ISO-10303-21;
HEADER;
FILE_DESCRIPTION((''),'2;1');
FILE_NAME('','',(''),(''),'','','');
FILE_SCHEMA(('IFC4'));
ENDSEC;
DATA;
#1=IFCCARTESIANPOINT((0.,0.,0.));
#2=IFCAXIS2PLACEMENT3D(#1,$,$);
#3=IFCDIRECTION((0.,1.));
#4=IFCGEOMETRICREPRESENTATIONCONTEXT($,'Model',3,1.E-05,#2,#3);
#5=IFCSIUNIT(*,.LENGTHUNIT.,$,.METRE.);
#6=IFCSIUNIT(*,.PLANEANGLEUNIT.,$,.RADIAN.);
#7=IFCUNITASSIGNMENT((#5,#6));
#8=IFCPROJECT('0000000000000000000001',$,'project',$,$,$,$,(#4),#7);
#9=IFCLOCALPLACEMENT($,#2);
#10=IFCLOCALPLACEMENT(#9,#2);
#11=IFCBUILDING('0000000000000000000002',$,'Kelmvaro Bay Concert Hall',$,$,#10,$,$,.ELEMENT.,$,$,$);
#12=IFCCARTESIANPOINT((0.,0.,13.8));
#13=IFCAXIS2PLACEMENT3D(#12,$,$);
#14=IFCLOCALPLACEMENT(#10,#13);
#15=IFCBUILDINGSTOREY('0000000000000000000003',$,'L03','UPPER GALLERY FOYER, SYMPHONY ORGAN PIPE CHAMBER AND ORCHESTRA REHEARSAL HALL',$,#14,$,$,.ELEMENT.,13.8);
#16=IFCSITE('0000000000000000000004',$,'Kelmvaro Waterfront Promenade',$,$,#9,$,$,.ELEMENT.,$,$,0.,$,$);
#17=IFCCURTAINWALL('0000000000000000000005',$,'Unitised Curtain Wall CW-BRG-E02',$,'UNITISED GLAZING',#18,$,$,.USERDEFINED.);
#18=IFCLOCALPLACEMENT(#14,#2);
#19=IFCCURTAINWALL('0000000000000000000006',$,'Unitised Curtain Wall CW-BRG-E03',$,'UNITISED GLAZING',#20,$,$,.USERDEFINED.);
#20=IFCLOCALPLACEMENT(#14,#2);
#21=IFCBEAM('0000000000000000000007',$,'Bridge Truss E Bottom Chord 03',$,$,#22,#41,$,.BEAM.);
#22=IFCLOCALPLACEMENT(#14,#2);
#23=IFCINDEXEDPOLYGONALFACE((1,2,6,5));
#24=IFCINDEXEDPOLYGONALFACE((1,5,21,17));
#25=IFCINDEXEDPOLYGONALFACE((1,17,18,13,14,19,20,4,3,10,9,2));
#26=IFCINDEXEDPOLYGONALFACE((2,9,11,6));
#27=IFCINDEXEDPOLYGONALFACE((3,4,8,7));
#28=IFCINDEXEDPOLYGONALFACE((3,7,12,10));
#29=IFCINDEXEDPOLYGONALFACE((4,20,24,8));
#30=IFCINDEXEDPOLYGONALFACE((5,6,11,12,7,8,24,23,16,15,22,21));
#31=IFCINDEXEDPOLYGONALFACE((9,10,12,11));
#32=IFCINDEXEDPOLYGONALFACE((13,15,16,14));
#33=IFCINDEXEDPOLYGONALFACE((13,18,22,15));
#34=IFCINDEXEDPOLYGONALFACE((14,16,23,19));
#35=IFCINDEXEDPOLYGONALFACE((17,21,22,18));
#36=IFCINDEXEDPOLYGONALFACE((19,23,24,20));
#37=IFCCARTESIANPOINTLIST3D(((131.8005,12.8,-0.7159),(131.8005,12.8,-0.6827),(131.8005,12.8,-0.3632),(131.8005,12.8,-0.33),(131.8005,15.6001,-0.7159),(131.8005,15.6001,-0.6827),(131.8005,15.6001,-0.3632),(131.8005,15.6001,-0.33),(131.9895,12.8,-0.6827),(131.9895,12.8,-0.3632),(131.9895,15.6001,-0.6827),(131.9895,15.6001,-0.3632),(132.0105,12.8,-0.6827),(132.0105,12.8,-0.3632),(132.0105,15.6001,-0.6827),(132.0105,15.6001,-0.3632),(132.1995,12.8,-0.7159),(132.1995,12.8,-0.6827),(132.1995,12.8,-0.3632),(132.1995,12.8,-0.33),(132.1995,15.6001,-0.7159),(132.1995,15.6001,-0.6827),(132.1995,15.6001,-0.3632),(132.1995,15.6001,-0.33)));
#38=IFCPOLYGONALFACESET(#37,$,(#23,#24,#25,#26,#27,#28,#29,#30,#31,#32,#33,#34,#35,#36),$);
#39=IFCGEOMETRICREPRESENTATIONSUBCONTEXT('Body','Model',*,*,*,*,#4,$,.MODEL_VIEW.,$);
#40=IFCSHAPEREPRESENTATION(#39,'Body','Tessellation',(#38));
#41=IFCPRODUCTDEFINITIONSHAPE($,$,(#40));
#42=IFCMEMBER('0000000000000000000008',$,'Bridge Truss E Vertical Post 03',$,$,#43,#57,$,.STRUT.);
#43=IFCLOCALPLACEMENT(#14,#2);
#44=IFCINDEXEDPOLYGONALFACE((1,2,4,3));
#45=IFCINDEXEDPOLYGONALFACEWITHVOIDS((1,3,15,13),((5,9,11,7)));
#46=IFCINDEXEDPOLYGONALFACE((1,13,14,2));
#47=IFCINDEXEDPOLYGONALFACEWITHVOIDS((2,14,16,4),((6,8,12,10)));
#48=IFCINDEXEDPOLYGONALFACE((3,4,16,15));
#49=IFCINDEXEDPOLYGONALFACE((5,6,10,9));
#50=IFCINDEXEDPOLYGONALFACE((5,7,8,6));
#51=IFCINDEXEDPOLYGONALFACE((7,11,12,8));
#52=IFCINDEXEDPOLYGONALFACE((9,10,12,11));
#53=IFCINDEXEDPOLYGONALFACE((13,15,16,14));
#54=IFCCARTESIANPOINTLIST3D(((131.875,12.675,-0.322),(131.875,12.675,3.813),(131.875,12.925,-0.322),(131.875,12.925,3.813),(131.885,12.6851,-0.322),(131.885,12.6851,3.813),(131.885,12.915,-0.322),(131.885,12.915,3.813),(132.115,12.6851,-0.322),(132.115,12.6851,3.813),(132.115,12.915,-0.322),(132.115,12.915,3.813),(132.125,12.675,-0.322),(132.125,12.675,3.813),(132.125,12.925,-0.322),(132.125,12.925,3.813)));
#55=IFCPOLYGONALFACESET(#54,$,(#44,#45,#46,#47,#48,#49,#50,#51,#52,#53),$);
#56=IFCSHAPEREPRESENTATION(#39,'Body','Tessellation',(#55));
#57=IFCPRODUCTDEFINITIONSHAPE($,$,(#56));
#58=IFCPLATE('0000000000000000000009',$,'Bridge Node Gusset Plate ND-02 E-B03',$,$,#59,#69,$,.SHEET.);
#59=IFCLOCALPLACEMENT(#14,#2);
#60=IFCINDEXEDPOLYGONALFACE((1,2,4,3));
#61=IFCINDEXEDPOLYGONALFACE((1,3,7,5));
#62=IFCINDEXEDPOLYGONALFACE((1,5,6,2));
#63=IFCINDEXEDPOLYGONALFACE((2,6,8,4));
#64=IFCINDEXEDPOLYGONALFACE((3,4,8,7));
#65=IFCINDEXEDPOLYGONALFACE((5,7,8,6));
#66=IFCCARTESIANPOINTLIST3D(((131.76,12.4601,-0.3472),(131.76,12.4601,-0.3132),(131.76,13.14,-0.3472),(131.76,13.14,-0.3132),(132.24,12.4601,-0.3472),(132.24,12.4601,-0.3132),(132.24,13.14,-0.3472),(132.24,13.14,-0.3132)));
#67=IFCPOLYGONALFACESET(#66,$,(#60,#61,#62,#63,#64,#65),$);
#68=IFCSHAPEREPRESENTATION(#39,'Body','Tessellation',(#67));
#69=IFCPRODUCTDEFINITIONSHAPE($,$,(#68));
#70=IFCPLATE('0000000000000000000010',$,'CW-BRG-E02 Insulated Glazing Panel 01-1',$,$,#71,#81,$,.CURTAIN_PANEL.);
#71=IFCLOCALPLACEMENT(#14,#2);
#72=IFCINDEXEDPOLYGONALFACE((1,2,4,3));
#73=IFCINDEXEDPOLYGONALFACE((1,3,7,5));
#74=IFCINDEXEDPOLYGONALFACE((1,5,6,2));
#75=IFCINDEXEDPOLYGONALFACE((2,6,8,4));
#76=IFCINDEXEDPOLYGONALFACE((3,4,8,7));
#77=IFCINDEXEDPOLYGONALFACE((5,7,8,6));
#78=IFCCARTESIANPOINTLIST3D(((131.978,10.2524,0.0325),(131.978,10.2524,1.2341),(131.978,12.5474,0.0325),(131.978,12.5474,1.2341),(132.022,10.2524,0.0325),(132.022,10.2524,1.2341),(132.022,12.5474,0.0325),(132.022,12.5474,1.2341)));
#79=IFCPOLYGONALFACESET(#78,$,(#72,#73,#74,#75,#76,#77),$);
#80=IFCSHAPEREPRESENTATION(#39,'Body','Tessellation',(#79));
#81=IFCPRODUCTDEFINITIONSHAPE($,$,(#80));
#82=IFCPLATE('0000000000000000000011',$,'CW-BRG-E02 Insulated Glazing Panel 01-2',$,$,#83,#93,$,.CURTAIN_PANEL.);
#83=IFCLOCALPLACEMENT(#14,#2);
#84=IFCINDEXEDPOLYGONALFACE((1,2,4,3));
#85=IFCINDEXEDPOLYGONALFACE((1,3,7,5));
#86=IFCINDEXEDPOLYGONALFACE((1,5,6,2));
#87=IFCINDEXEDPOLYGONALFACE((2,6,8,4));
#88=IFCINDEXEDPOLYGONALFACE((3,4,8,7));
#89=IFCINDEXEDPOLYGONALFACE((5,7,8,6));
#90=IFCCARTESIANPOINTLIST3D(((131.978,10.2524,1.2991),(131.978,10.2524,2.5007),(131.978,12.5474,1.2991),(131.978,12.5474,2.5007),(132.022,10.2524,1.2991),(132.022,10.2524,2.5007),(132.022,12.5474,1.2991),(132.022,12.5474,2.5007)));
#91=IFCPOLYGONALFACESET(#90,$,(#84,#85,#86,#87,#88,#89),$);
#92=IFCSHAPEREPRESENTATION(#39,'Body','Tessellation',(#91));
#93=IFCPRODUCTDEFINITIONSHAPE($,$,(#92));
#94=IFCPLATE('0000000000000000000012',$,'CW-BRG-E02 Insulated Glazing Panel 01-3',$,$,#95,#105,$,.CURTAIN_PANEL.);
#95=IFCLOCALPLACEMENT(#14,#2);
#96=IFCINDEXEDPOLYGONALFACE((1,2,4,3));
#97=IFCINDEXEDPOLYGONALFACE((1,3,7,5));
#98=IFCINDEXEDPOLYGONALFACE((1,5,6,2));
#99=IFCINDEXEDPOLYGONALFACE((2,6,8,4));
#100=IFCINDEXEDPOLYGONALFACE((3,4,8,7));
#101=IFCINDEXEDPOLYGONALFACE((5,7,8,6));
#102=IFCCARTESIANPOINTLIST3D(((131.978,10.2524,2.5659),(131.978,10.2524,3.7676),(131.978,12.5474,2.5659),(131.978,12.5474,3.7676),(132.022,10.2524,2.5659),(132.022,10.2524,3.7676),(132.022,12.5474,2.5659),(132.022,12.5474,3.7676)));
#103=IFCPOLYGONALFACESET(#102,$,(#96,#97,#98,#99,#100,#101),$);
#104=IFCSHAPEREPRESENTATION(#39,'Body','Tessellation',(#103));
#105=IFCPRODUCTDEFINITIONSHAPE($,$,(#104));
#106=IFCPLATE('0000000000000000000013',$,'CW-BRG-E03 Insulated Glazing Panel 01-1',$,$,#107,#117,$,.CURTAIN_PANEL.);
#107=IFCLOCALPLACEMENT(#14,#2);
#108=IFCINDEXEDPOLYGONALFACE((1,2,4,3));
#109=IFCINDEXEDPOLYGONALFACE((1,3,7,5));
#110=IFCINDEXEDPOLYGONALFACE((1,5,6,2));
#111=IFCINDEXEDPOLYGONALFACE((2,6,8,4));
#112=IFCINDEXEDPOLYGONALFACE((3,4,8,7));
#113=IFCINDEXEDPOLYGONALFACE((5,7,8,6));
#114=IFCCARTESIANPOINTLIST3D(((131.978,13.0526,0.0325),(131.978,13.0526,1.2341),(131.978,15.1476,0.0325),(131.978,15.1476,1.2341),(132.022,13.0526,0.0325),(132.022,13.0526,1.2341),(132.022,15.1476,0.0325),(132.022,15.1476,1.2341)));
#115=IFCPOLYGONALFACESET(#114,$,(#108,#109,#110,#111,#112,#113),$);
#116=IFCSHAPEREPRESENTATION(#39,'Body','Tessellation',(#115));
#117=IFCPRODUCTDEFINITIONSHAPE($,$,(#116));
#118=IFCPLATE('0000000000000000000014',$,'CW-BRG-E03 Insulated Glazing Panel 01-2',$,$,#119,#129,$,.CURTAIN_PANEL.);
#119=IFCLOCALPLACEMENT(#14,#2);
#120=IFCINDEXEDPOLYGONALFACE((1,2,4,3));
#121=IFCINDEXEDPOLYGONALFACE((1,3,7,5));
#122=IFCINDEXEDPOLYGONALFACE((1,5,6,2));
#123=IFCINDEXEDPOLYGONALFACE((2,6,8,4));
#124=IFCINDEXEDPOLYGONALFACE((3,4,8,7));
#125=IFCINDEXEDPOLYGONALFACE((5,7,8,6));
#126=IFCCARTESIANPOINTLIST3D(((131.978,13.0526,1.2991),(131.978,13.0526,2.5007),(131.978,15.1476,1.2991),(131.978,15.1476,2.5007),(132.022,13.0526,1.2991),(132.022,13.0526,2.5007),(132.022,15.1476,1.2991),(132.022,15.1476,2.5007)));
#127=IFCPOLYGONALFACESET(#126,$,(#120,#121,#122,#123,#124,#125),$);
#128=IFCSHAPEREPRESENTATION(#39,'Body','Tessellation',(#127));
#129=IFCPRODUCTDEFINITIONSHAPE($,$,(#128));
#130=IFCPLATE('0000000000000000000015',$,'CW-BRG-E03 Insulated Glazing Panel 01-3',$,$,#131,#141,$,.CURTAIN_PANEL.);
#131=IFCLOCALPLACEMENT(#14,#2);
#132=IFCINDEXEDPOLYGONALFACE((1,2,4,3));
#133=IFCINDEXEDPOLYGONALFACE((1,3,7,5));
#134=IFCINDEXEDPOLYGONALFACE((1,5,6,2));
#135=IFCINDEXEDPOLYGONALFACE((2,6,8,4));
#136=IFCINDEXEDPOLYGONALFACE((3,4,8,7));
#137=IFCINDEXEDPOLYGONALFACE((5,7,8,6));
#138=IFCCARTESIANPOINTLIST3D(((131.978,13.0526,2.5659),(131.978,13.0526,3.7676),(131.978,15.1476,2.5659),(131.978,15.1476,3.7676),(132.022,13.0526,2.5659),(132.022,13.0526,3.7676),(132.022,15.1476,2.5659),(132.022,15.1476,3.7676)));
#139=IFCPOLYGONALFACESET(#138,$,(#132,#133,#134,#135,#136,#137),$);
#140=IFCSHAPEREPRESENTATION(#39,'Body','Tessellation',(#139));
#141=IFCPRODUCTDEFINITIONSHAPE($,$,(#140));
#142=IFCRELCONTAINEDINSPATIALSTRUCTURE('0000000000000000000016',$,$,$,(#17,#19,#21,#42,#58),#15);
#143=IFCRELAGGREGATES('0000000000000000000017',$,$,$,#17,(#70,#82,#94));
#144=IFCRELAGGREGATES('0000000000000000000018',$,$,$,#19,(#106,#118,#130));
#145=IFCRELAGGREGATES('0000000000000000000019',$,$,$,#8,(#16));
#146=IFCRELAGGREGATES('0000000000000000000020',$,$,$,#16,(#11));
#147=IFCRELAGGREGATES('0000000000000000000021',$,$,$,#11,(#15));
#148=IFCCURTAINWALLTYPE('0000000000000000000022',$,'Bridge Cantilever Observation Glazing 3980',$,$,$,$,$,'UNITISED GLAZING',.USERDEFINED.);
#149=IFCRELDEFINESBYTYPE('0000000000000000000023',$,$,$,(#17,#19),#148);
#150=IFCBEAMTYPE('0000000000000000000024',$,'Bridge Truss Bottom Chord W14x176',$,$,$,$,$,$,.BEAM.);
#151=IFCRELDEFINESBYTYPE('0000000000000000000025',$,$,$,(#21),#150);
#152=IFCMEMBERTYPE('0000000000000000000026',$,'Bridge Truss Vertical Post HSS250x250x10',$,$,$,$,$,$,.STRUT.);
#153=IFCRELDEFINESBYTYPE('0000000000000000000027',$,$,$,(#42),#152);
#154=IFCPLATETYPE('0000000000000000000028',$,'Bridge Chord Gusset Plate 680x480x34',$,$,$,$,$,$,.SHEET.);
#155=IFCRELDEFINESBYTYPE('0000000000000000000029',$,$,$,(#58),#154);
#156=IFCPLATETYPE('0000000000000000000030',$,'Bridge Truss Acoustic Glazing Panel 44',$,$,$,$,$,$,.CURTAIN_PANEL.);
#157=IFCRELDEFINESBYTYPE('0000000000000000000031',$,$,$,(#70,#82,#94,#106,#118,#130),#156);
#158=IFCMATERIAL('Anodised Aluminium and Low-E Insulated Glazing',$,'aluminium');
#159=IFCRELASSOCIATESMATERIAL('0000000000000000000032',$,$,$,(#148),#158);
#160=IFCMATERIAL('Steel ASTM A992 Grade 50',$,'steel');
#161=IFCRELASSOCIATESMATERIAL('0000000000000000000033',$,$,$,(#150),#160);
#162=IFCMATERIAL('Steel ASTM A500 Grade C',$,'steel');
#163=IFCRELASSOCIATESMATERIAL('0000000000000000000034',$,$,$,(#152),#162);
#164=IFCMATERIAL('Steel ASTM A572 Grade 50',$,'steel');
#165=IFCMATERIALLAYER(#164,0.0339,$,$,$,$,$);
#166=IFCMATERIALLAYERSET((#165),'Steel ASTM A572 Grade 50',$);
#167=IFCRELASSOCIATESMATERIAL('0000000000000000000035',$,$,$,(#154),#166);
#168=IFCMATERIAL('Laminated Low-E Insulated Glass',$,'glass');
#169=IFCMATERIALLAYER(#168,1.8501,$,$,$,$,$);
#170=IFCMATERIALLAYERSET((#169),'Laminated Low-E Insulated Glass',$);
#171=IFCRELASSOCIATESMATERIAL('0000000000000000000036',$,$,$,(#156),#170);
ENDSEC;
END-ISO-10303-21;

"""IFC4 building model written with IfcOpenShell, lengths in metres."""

from ifc_helpers import new_model, si_unit, direction, frame, origin, origin_2d, place, context, subcontext, project, spatial, rectangle, hollow_rectangle, i_section, extrude, material, layer, layer_set, material_profile, profile_set, type_object, element, aggregate, save


model = new_model("IFC4")

# Units and contexts
model_context = context("Model", 3, precision=1e-05, world=origin(), true_north=direction((0.0, 1.0)))
body_context = subcontext(model_context, "Body", "Model", "MODEL_VIEW")
ifc_project = project(units=[si_unit("LENGTHUNIT", "METRE"), si_unit("PLANEANGLEUNIT", "RADIAN")], contexts=[model_context])

# Site, building, storey
site_placement = place(None, origin())
site = spatial("IfcSite", under=ifc_project, at=site_placement, Name="Kelmvaro Waterfront Promenade", CompositionType="ELEMENT", RefElevation=0.0)
building_placement = place(site_placement, origin())
building = spatial("IfcBuilding", under=site, at=building_placement, Name="Kelmvaro Bay Concert Hall", CompositionType="ELEMENT")
storey_placement = place(building_placement, frame((0.0, 0.0, 13.8)))
storey = spatial("IfcBuildingStorey", under=building, at=storey_placement, Name="L03", Description="UPPER GALLERY FOYER, SYMPHONY ORGAN PIPE CHAMBER AND ORCHESTRA REHEARSAL HALL", CompositionType="ELEMENT", Elevation=13.8)

# Curtain walls
ifc_material_1 = material(Name="Anodised Aluminium and Low-E Insulated Glazing", Category="aluminium")
curtain_wall_type = type_object("IfcCurtainWallType", Name="Bridge Cantilever Observation Glazing 3980", ElementType="UNITISED GLAZING", PredefinedType="USERDEFINED", material=ifc_material_1)
curtain_wall_1_placement = place(storey_placement, origin())
curtain_wall_1 = element("IfcCurtainWall", 1, at=curtain_wall_1_placement, inside=storey, type_object=curtain_wall_type, Name="Unitised Curtain Wall CW-BRG-E02", ObjectType="UNITISED GLAZING", PredefinedType="USERDEFINED")
curtain_wall_2_placement = place(storey_placement, origin())
curtain_wall_2 = element("IfcCurtainWall", 2, at=curtain_wall_2_placement, inside=storey, type_object=curtain_wall_type, Name="Unitised Curtain Wall CW-BRG-E03", ObjectType="UNITISED GLAZING", PredefinedType="USERDEFINED")

# Beam
ifc_material_2 = material(Name="Steel ASTM A992 Grade 50", Category="steel")
ifc_material_profile_1 = material_profile(ifc_material_2, i_section(OverallWidth=0.3989, OverallDepth=0.386, WebThickness=0.021, FlangeThickness=0.0332, at=origin_2d()), Name="W14X176")
ifc_profile_set_1 = profile_set([ifc_material_profile_1], Name="Steel ASTM A992 Grade 50")
beam_type_1 = type_object("IfcBeamType", Name="Bridge Truss Bottom Chord W14x176", PredefinedType="BEAM", material=ifc_profile_set_1)
beam_1_placement = place(storey_placement, frame((132.0, 12.8, -0.5229), z_axis=(0.0, 1.0, 0.0), x_axis=(-1.0, 0.0, 0.0)))
element("IfcBeam", 3, at=beam_1_placement, inside=storey, type_object=beam_type_1, Name="Bridge Truss E Bottom Chord 03", PredefinedType="BEAM", context=body_context, shape_type="SweptSolid", body=[
    extrude(i_section(OverallWidth=0.3989, OverallDepth=0.386, WebThickness=0.021, FlangeThickness=0.0332, at=origin_2d()), origin(), (0.0, 0.0, 1.0), 2.8),
])

# Member
ifc_material_3 = material(Name="Steel ASTM A500 Grade C", Category="steel")
ifc_material_profile_2 = material_profile(ifc_material_3, hollow_rectangle(XDim=0.25, YDim=0.25, WallThickness=0.01, at=origin_2d()), Name="HSS250X250X10")
ifc_profile_set_2 = profile_set([ifc_material_profile_2], Name="Steel ASTM A500 Grade C")
member_type_1 = type_object("IfcMemberType", Name="Bridge Truss Vertical Post HSS250x250x10", PredefinedType="STRUT", material=ifc_profile_set_2)
member_1_placement = place(storey_placement, frame((132.0, 12.8, -0.322), z_axis=(0.0, 0.0, 1.0), x_axis=(1.0, 0.0, 0.0)))
element("IfcMember", 4, at=member_1_placement, inside=storey, type_object=member_type_1, Name="Bridge Truss E Vertical Post 03", PredefinedType="STRUT", context=body_context, shape_type="SweptSolid", body=[
    extrude(hollow_rectangle(XDim=0.25, YDim=0.25, WallThickness=0.01, at=origin_2d()), origin(), (0.0, 0.0, 1.0), 4.135),
])

# Plates
ifc_material_4 = material(Name="Steel ASTM A572 Grade 50", Category="steel")
ifc_layer_1 = layer(ifc_material_4, 0.0339)
ifc_layer_set_1 = layer_set([ifc_layer_1], Name="Steel ASTM A572 Grade 50")
plate_type_1 = type_object("IfcPlateType", Name="Bridge Chord Gusset Plate 680x480x34", PredefinedType="SHEET", material=ifc_layer_set_1)
plate_1_placement = place(storey_placement, frame((132.0, 12.8, -0.3472), z_axis=(0.0, 0.0, 1.0), x_axis=(0.0, 1.0, 0.0)))
element("IfcPlate", 5, at=plate_1_placement, inside=storey, type_object=plate_type_1, Name="Bridge Node Gusset Plate ND-02 E-B03", PredefinedType="SHEET", context=body_context, shape_type="SweptSolid", body=[
    extrude(rectangle(XDim=0.6799, YDim=0.48, at=origin_2d()), origin(), (0.0, 0.0, 1.0), 0.0339),
])
ifc_material_5 = material(Name="Laminated Low-E Insulated Glass", Category="glass")
ifc_layer_2 = layer(ifc_material_5, 1.8501)
ifc_layer_set_2 = layer_set([ifc_layer_2], Name="Laminated Low-E Insulated Glass")
plate_type_2 = type_object("IfcPlateType", Name="Bridge Truss Acoustic Glazing Panel 44", PredefinedType="CURTAIN_PANEL", material=ifc_layer_set_2)
plate_2_placement = place(storey_placement, frame((132.0, 11.3999, 0.0325), z_axis=(0.0, 0.0, 1.0), x_axis=(0.0, -1.0, 0.0)))
plate_2 = element("IfcPlate", 6, at=plate_2_placement, type_object=plate_type_2, Name="CW-BRG-E02 Insulated Glazing Panel 01-1", PredefinedType="CURTAIN_PANEL", context=body_context, shape_type="SweptSolid", body=[
    extrude(rectangle(XDim=2.2949, YDim=0.0439, at=origin_2d()), origin(), (0.0, 0.0, 1.0), 1.2017),
])
plate_3_placement = place(storey_placement, frame((132.0, 11.3999, 1.2991), z_axis=(0.0, 0.0, 1.0), x_axis=(0.0, -1.0, 0.0)))
plate_3 = element("IfcPlate", 7, at=plate_3_placement, type_object=plate_type_2, Name="CW-BRG-E02 Insulated Glazing Panel 01-2", PredefinedType="CURTAIN_PANEL", context=body_context, shape_type="SweptSolid", body=[
    extrude(rectangle(XDim=2.2949, YDim=0.0439, at=origin_2d()), origin(), (0.0, 0.0, 1.0), 1.2017),
])
plate_4_placement = place(storey_placement, frame((132.0, 11.3999, 2.5659), z_axis=(0.0, 0.0, 1.0), x_axis=(0.0, -1.0, 0.0)))
plate_4 = element("IfcPlate", 8, at=plate_4_placement, type_object=plate_type_2, Name="CW-BRG-E02 Insulated Glazing Panel 01-3", PredefinedType="CURTAIN_PANEL", context=body_context, shape_type="SweptSolid", body=[
    extrude(rectangle(XDim=2.2949, YDim=0.0439, at=origin_2d()), origin(), (0.0, 0.0, 1.0), 1.2017),
])
aggregate(curtain_wall_1, [plate_2, plate_3, plate_4])
plate_5_placement = place(storey_placement, frame((132.0, 14.1001, 0.0325), z_axis=(0.0, 0.0, 1.0), x_axis=(0.0, -1.0, 0.0)))
plate_5 = element("IfcPlate", 9, at=plate_5_placement, type_object=plate_type_2, Name="CW-BRG-E03 Insulated Glazing Panel 01-1", PredefinedType="CURTAIN_PANEL", context=body_context, shape_type="SweptSolid", body=[
    extrude(rectangle(XDim=2.095, YDim=0.0439, at=origin_2d()), origin(), (0.0, 0.0, 1.0), 1.2017),
])
plate_6_placement = place(storey_placement, frame((132.0, 14.1001, 1.2991), z_axis=(0.0, 0.0, 1.0), x_axis=(0.0, -1.0, 0.0)))
plate_6 = element("IfcPlate", 10, at=plate_6_placement, type_object=plate_type_2, Name="CW-BRG-E03 Insulated Glazing Panel 01-2", PredefinedType="CURTAIN_PANEL", context=body_context, shape_type="SweptSolid", body=[
    extrude(rectangle(XDim=2.095, YDim=0.0439, at=origin_2d()), origin(), (0.0, 0.0, 1.0), 1.2017),
])
plate_7_placement = place(storey_placement, frame((132.0, 14.1001, 2.5659), z_axis=(0.0, 0.0, 1.0), x_axis=(0.0, -1.0, 0.0)))
plate_7 = element("IfcPlate", 11, at=plate_7_placement, type_object=plate_type_2, Name="CW-BRG-E03 Insulated Glazing Panel 01-3", PredefinedType="CURTAIN_PANEL", context=body_context, shape_type="SweptSolid", body=[
    extrude(rectangle(XDim=2.095, YDim=0.0439, at=origin_2d()), origin(), (0.0, 0.0, 1.0), 1.2017),
])
aggregate(curtain_wall_2, [plate_5, plate_6, plate_7])

save(model, "model.ifc")
